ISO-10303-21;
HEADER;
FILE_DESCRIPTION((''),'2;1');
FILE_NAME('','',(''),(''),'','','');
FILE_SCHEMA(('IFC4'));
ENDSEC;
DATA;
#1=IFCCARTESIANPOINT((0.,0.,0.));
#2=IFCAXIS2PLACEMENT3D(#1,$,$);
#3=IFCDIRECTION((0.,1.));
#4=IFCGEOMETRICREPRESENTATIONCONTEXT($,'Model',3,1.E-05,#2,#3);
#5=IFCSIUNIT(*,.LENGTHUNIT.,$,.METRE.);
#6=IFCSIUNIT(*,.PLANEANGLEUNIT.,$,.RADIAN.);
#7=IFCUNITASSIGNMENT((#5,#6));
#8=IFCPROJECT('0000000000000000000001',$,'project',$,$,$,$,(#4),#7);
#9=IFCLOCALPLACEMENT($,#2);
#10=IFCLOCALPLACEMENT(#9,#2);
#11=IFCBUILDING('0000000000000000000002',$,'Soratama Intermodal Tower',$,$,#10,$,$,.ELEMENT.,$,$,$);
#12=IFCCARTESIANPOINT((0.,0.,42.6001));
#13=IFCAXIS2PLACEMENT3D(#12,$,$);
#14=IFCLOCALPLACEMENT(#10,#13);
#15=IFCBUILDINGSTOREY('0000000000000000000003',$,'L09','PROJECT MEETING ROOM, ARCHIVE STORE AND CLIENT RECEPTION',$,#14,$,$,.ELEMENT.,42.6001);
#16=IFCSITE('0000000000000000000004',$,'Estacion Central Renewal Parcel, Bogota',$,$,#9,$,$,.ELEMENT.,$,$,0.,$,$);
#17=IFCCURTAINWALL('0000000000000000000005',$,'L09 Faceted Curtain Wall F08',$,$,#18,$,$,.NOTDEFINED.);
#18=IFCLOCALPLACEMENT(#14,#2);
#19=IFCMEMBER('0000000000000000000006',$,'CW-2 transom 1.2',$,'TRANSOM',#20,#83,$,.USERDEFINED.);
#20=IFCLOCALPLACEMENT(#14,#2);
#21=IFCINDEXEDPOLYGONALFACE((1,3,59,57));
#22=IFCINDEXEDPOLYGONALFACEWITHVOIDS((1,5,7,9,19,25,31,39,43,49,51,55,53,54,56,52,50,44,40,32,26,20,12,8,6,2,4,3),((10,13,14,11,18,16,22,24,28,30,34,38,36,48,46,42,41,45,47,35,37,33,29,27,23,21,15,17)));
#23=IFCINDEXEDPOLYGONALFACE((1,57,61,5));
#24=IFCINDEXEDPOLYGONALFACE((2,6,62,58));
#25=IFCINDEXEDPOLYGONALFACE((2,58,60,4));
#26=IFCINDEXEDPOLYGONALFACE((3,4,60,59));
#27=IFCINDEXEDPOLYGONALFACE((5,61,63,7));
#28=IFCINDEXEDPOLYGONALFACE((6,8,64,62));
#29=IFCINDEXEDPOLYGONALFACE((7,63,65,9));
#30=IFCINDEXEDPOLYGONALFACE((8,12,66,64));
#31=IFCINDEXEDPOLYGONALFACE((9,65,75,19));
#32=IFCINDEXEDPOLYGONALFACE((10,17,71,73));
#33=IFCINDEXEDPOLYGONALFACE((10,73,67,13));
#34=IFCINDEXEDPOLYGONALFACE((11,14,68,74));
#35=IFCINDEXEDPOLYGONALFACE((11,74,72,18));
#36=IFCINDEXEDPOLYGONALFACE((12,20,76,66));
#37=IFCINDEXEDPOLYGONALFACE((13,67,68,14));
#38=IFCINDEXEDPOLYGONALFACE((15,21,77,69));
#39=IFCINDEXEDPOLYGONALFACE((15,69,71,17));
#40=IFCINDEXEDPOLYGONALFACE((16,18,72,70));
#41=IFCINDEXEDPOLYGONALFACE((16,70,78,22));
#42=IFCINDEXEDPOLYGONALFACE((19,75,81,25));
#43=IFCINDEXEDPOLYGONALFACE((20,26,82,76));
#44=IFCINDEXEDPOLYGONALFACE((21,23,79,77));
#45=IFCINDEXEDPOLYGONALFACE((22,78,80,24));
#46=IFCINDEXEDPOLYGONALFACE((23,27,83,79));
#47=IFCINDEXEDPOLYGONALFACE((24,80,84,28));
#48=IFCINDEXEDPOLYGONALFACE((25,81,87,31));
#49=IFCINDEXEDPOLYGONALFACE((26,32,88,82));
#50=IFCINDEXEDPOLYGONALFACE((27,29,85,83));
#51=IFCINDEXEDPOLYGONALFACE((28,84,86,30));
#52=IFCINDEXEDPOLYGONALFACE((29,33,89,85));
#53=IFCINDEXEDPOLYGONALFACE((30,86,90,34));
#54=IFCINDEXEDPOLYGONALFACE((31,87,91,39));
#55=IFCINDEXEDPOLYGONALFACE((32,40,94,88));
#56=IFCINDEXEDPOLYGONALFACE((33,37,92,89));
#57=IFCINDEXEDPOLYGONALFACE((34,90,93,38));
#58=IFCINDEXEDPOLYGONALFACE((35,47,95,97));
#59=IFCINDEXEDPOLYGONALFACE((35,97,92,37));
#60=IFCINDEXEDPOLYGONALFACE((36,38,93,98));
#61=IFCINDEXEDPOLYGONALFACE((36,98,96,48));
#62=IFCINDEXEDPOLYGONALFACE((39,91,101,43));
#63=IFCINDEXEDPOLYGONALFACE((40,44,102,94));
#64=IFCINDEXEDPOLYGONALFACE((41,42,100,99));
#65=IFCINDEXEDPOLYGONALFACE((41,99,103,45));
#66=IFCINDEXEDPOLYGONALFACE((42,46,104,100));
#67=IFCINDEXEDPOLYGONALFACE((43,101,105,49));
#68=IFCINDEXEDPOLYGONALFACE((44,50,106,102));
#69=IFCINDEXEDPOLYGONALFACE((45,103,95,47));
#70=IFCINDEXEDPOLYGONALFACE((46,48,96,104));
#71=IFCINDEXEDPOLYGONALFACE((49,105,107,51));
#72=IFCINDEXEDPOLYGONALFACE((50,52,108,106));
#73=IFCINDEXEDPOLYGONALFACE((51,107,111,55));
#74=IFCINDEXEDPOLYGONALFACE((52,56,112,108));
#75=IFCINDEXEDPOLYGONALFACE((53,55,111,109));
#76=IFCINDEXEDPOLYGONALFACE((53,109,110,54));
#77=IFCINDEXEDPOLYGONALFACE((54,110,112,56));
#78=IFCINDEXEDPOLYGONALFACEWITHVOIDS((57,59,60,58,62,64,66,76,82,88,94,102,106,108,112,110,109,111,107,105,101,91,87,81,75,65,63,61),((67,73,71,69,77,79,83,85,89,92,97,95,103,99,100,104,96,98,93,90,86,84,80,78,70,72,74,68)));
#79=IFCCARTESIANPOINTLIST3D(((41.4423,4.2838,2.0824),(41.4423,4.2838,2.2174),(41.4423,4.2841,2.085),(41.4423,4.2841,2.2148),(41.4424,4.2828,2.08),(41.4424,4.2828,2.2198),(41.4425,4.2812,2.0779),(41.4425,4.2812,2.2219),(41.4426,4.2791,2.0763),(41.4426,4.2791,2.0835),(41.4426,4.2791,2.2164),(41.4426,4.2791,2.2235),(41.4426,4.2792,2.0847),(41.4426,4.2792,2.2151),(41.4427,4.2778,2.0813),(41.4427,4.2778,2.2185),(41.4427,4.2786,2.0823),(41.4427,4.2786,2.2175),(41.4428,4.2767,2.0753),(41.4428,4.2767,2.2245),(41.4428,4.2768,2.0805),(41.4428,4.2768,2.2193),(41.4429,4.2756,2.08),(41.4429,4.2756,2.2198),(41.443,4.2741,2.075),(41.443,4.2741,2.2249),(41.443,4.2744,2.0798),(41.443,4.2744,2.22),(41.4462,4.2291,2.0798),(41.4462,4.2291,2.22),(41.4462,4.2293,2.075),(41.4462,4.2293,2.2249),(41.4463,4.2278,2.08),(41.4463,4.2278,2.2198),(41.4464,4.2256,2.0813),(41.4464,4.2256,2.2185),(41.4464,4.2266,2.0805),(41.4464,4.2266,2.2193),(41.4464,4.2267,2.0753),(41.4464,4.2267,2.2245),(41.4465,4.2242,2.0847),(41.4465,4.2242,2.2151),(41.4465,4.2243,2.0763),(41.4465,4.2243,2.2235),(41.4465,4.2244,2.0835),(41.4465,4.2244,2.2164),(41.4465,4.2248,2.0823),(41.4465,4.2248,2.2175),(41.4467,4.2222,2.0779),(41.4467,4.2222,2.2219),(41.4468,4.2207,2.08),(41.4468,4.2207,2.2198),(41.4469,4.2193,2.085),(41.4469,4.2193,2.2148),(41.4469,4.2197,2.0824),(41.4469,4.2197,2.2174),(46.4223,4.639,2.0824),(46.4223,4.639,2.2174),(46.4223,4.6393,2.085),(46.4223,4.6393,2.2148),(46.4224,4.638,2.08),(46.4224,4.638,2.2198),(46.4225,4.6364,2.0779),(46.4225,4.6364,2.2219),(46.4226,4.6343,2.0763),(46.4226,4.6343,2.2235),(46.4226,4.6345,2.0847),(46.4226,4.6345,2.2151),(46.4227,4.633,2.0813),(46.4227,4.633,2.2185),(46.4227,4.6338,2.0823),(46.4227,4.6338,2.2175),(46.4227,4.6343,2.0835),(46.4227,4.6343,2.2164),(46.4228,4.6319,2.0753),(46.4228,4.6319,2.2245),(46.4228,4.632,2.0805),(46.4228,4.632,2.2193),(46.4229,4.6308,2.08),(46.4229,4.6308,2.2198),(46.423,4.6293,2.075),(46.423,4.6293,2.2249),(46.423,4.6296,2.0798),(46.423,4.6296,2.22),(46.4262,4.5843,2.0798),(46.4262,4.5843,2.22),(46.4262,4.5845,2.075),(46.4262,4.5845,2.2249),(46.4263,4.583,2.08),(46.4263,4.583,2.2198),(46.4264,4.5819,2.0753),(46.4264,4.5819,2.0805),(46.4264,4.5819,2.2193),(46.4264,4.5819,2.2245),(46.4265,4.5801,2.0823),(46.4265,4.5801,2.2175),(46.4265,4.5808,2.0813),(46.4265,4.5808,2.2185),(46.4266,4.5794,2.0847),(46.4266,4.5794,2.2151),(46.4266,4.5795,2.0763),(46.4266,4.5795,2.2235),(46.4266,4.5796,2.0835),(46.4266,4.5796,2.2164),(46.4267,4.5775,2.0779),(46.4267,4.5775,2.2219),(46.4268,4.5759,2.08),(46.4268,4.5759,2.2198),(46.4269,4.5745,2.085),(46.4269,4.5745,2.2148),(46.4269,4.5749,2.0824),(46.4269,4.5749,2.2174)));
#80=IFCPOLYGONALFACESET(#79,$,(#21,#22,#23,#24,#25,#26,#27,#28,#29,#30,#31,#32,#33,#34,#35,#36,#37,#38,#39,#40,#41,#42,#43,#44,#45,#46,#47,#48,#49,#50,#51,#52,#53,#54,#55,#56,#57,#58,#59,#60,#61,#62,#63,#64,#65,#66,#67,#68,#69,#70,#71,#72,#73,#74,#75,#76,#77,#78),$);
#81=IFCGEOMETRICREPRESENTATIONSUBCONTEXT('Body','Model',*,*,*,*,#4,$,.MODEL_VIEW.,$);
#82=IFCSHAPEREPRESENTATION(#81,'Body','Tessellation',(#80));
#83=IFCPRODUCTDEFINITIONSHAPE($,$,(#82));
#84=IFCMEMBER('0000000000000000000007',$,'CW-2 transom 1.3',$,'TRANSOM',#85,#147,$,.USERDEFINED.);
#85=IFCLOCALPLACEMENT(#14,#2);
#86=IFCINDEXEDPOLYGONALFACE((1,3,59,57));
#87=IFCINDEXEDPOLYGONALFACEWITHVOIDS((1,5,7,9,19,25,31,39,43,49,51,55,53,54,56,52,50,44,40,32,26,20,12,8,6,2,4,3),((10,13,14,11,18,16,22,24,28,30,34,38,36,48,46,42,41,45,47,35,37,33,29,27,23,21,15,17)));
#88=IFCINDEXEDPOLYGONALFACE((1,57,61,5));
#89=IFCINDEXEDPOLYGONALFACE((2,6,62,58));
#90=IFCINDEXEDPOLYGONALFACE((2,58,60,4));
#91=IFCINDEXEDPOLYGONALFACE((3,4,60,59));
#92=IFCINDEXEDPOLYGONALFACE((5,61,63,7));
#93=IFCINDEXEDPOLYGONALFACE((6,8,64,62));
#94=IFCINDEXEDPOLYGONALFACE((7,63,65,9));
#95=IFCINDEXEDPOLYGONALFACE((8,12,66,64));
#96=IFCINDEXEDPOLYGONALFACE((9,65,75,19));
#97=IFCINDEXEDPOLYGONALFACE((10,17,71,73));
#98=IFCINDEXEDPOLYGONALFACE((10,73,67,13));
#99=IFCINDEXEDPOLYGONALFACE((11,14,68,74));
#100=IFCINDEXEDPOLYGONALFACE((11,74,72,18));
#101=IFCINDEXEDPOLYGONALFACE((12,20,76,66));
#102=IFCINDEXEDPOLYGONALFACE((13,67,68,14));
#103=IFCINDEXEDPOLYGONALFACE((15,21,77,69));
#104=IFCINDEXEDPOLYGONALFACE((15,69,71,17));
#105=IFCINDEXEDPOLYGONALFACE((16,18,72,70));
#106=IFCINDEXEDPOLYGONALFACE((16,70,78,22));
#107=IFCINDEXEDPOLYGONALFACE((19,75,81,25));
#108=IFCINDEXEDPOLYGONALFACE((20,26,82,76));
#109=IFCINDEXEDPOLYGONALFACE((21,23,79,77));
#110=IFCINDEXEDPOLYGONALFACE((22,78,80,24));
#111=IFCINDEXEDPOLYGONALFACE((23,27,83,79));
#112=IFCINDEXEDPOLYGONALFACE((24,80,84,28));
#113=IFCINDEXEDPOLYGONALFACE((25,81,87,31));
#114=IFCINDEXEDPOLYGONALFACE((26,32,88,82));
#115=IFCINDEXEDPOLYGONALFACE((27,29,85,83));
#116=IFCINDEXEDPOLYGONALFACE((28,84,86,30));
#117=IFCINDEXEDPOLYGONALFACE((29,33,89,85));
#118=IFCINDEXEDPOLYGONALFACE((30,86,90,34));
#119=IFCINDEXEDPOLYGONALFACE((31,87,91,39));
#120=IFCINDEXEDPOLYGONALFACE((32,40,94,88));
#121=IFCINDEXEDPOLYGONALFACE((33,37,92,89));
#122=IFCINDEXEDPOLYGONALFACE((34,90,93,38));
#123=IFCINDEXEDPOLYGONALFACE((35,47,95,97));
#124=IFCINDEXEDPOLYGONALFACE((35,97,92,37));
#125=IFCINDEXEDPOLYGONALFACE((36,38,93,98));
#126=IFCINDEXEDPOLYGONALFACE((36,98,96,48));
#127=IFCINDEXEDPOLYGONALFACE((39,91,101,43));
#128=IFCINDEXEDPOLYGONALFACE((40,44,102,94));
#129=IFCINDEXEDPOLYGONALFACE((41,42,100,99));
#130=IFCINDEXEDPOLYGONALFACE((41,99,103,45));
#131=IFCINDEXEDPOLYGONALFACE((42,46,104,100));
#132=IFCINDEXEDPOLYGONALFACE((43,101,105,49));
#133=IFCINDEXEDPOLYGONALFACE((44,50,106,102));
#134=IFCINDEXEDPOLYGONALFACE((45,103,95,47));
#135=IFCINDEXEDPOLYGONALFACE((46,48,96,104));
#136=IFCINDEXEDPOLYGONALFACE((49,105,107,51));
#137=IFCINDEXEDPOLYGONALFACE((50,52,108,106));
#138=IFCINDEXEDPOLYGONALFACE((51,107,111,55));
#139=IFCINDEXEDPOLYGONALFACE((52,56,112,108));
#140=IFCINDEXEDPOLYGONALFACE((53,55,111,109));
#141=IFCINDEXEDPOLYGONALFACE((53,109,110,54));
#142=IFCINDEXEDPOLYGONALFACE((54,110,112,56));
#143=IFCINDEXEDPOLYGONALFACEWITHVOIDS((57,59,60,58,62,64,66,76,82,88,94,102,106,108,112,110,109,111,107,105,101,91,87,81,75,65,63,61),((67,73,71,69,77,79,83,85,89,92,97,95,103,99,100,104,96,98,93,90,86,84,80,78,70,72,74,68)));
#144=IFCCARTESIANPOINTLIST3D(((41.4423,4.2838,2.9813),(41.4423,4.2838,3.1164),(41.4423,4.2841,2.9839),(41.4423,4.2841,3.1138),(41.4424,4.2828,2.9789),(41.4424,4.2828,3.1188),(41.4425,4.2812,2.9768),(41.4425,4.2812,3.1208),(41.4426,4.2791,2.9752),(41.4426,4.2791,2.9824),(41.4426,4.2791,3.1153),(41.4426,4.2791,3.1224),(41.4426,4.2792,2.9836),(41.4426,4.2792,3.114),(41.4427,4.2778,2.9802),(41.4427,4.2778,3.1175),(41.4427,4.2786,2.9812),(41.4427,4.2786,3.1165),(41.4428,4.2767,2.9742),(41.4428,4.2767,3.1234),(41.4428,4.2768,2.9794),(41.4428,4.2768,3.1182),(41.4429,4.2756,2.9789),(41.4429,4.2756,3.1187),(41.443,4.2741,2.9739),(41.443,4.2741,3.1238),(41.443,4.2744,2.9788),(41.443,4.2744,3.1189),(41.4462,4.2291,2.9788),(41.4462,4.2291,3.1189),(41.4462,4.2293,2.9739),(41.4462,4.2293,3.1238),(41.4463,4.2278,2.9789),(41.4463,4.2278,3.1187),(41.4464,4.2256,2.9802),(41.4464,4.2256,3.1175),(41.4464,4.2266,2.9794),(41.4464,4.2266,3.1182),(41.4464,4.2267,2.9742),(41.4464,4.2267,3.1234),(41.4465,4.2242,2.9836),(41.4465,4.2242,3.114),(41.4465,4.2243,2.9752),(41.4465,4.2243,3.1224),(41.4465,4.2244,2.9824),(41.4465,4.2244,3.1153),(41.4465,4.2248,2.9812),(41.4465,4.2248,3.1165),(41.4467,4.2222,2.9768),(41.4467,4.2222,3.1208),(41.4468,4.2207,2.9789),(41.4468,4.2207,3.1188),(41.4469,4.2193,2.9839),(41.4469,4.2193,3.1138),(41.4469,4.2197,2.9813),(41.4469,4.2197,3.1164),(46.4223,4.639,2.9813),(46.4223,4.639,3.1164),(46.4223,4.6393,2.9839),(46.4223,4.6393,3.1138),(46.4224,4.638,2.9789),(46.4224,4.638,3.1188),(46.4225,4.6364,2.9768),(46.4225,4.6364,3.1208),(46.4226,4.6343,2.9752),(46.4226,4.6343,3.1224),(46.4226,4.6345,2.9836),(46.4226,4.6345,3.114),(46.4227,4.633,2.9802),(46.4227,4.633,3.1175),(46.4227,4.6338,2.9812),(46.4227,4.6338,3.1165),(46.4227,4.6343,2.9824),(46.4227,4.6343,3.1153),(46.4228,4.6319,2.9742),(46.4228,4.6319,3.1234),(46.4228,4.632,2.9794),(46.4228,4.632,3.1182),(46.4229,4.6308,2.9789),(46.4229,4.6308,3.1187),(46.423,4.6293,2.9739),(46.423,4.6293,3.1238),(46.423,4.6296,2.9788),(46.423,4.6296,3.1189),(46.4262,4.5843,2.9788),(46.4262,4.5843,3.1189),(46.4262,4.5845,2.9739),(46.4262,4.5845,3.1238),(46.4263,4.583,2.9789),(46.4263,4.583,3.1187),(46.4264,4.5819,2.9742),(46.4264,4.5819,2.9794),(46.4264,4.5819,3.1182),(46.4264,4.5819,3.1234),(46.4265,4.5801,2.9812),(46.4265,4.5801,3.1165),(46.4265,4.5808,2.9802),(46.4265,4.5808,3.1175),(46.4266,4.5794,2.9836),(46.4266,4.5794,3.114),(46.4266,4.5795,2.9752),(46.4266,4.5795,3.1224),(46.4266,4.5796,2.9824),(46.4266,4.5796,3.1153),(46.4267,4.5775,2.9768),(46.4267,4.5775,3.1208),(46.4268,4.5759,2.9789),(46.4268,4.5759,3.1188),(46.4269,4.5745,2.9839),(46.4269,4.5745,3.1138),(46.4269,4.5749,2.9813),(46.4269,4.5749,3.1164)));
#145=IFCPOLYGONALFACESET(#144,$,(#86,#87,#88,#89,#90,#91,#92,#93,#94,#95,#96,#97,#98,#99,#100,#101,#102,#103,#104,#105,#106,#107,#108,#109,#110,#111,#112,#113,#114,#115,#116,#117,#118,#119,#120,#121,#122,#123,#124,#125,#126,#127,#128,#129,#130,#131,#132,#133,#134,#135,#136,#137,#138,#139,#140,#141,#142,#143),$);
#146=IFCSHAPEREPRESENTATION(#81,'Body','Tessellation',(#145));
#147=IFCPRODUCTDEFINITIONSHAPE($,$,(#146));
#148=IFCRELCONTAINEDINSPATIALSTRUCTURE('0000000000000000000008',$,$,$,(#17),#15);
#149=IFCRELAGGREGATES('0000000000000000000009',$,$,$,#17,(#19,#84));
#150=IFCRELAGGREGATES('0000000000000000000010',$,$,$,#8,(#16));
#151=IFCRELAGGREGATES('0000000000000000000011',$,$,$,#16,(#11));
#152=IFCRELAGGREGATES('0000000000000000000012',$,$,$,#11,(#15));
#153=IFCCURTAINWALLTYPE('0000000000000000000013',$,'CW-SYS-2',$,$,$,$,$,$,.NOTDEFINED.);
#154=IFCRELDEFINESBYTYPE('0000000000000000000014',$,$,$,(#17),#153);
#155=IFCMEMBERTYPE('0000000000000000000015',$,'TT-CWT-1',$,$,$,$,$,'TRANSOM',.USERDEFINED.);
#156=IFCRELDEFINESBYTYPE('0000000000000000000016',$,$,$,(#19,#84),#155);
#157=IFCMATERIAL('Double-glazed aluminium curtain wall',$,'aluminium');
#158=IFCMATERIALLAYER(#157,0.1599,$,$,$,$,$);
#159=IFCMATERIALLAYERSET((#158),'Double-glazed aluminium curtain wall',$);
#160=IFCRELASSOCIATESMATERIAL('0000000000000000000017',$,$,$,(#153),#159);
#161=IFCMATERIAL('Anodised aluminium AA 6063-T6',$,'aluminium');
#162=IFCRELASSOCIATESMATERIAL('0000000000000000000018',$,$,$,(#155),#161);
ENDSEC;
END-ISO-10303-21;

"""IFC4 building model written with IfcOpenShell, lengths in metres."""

from ifc_helpers import new_model, si_unit, direction, frame, origin, origin_2d, place, context, subcontext, project, spatial, hollow_rectangle, extrude, material, layer, layer_set, material_profile, profile_set, type_object, element, aggregate, save


model = new_model("IFC4")

# Units and contexts
model_context = context("Model", 3, precision=1e-05, world=origin(), true_north=direction((0.0, 1.0)))
body_context = subcontext(model_context, "Body", "Model", "MODEL_VIEW")
ifc_project = project(units=[si_unit("LENGTHUNIT", "METRE"), si_unit("PLANEANGLEUNIT", "RADIAN")], contexts=[model_context])

# Site, building, storey
site_placement = place(None, origin())
site = spatial("IfcSite", under=ifc_project, at=site_placement, Name="Estacion Central Renewal Parcel, Bogota", CompositionType="ELEMENT", RefElevation=0.0)
building_placement = place(site_placement, origin())
building = spatial("IfcBuilding", under=site, at=building_placement, Name="Soratama Intermodal Tower", CompositionType="ELEMENT")
storey_placement = place(building_placement, frame((0.0, 0.0, 42.6001)))
storey = spatial("IfcBuildingStorey", under=building, at=storey_placement, Name="L09", Description="PROJECT MEETING ROOM, ARCHIVE STORE AND CLIENT RECEPTION", CompositionType="ELEMENT", Elevation=42.6001)

# Curtain wall, members
ifc_material_1 = material(Name="Double-glazed aluminium curtain wall", Category="aluminium")
ifc_layer_1 = layer(ifc_material_1, 0.1599)
ifc_layer_set_1 = layer_set([ifc_layer_1], Name="Double-glazed aluminium curtain wall")
curtain_wall_type = type_object("IfcCurtainWallType", Name="CW-SYS-2", PredefinedType="NOTDEFINED", material=ifc_layer_set_1)
curtain_wall_placement = place(storey_placement, origin())
curtain_wall = element("IfcCurtainWall", 1, at=curtain_wall_placement, inside=storey, type_object=curtain_wall_type, Name="L09 Faceted Curtain Wall F08", PredefinedType="NOTDEFINED")
ifc_material_2 = material(Name="Anodised aluminium AA 6063-T6", Category="aluminium")
ifc_material_profile_1 = material_profile(ifc_material_2, hollow_rectangle(XDim=0.0649, YDim=0.1499, WallThickness=0.0049, InnerFilletRadius=0.0049, OuterFilletRadius=0.01, at=origin_2d()), Name="CWT150X65X5")
ifc_profile_set_1 = profile_set([ifc_material_profile_1], Name="Anodised aluminium AA 6063-T6")
member_type_1 = type_object("IfcMemberType", Name="TT-CWT-1", ElementType="TRANSOM", PredefinedType="USERDEFINED", material=ifc_profile_set_1)
member_1_placement = place(storey_placement, frame((41.4446, 4.2517, 2.1499), z_axis=(0.997466, 0.07115, 0.0), x_axis=(-0.07115, 0.997466, 0.0)))
member_1 = element("IfcMember", 2, at=member_1_placement, type_object=member_type_1, Name="CW-2 transom 1.2", ObjectType="TRANSOM", PredefinedType="USERDEFINED", context=body_context, shape_type="SweptSolid", body=[
    extrude(hollow_rectangle(XDim=0.0649, YDim=0.1499, WallThickness=0.0049, InnerFilletRadius=0.0049, OuterFilletRadius=0.01, at=origin_2d()), origin(), (0.0, 0.0, 1.0), 4.9927),
])
member_2_placement = place(storey_placement, frame((41.4446, 4.2517, 3.0488), z_axis=(0.997466, 0.07115, 0.0), x_axis=(-0.07115, 0.997466, 0.0)))
member_2 = element("IfcMember", 3, at=member_2_placement, type_object=member_type_1, Name="CW-2 transom 1.3", ObjectType="TRANSOM", PredefinedType="USERDEFINED", context=body_context, shape_type="SweptSolid", body=[
    extrude(hollow_rectangle(XDim=0.0649, YDim=0.1499, WallThickness=0.0049, InnerFilletRadius=0.0049, OuterFilletRadius=0.01, at=origin_2d()), origin(), (0.0, 0.0, 1.0), 4.9927),
])
aggregate(curtain_wall, [member_1, member_2])

save(model, "model.ifc")
